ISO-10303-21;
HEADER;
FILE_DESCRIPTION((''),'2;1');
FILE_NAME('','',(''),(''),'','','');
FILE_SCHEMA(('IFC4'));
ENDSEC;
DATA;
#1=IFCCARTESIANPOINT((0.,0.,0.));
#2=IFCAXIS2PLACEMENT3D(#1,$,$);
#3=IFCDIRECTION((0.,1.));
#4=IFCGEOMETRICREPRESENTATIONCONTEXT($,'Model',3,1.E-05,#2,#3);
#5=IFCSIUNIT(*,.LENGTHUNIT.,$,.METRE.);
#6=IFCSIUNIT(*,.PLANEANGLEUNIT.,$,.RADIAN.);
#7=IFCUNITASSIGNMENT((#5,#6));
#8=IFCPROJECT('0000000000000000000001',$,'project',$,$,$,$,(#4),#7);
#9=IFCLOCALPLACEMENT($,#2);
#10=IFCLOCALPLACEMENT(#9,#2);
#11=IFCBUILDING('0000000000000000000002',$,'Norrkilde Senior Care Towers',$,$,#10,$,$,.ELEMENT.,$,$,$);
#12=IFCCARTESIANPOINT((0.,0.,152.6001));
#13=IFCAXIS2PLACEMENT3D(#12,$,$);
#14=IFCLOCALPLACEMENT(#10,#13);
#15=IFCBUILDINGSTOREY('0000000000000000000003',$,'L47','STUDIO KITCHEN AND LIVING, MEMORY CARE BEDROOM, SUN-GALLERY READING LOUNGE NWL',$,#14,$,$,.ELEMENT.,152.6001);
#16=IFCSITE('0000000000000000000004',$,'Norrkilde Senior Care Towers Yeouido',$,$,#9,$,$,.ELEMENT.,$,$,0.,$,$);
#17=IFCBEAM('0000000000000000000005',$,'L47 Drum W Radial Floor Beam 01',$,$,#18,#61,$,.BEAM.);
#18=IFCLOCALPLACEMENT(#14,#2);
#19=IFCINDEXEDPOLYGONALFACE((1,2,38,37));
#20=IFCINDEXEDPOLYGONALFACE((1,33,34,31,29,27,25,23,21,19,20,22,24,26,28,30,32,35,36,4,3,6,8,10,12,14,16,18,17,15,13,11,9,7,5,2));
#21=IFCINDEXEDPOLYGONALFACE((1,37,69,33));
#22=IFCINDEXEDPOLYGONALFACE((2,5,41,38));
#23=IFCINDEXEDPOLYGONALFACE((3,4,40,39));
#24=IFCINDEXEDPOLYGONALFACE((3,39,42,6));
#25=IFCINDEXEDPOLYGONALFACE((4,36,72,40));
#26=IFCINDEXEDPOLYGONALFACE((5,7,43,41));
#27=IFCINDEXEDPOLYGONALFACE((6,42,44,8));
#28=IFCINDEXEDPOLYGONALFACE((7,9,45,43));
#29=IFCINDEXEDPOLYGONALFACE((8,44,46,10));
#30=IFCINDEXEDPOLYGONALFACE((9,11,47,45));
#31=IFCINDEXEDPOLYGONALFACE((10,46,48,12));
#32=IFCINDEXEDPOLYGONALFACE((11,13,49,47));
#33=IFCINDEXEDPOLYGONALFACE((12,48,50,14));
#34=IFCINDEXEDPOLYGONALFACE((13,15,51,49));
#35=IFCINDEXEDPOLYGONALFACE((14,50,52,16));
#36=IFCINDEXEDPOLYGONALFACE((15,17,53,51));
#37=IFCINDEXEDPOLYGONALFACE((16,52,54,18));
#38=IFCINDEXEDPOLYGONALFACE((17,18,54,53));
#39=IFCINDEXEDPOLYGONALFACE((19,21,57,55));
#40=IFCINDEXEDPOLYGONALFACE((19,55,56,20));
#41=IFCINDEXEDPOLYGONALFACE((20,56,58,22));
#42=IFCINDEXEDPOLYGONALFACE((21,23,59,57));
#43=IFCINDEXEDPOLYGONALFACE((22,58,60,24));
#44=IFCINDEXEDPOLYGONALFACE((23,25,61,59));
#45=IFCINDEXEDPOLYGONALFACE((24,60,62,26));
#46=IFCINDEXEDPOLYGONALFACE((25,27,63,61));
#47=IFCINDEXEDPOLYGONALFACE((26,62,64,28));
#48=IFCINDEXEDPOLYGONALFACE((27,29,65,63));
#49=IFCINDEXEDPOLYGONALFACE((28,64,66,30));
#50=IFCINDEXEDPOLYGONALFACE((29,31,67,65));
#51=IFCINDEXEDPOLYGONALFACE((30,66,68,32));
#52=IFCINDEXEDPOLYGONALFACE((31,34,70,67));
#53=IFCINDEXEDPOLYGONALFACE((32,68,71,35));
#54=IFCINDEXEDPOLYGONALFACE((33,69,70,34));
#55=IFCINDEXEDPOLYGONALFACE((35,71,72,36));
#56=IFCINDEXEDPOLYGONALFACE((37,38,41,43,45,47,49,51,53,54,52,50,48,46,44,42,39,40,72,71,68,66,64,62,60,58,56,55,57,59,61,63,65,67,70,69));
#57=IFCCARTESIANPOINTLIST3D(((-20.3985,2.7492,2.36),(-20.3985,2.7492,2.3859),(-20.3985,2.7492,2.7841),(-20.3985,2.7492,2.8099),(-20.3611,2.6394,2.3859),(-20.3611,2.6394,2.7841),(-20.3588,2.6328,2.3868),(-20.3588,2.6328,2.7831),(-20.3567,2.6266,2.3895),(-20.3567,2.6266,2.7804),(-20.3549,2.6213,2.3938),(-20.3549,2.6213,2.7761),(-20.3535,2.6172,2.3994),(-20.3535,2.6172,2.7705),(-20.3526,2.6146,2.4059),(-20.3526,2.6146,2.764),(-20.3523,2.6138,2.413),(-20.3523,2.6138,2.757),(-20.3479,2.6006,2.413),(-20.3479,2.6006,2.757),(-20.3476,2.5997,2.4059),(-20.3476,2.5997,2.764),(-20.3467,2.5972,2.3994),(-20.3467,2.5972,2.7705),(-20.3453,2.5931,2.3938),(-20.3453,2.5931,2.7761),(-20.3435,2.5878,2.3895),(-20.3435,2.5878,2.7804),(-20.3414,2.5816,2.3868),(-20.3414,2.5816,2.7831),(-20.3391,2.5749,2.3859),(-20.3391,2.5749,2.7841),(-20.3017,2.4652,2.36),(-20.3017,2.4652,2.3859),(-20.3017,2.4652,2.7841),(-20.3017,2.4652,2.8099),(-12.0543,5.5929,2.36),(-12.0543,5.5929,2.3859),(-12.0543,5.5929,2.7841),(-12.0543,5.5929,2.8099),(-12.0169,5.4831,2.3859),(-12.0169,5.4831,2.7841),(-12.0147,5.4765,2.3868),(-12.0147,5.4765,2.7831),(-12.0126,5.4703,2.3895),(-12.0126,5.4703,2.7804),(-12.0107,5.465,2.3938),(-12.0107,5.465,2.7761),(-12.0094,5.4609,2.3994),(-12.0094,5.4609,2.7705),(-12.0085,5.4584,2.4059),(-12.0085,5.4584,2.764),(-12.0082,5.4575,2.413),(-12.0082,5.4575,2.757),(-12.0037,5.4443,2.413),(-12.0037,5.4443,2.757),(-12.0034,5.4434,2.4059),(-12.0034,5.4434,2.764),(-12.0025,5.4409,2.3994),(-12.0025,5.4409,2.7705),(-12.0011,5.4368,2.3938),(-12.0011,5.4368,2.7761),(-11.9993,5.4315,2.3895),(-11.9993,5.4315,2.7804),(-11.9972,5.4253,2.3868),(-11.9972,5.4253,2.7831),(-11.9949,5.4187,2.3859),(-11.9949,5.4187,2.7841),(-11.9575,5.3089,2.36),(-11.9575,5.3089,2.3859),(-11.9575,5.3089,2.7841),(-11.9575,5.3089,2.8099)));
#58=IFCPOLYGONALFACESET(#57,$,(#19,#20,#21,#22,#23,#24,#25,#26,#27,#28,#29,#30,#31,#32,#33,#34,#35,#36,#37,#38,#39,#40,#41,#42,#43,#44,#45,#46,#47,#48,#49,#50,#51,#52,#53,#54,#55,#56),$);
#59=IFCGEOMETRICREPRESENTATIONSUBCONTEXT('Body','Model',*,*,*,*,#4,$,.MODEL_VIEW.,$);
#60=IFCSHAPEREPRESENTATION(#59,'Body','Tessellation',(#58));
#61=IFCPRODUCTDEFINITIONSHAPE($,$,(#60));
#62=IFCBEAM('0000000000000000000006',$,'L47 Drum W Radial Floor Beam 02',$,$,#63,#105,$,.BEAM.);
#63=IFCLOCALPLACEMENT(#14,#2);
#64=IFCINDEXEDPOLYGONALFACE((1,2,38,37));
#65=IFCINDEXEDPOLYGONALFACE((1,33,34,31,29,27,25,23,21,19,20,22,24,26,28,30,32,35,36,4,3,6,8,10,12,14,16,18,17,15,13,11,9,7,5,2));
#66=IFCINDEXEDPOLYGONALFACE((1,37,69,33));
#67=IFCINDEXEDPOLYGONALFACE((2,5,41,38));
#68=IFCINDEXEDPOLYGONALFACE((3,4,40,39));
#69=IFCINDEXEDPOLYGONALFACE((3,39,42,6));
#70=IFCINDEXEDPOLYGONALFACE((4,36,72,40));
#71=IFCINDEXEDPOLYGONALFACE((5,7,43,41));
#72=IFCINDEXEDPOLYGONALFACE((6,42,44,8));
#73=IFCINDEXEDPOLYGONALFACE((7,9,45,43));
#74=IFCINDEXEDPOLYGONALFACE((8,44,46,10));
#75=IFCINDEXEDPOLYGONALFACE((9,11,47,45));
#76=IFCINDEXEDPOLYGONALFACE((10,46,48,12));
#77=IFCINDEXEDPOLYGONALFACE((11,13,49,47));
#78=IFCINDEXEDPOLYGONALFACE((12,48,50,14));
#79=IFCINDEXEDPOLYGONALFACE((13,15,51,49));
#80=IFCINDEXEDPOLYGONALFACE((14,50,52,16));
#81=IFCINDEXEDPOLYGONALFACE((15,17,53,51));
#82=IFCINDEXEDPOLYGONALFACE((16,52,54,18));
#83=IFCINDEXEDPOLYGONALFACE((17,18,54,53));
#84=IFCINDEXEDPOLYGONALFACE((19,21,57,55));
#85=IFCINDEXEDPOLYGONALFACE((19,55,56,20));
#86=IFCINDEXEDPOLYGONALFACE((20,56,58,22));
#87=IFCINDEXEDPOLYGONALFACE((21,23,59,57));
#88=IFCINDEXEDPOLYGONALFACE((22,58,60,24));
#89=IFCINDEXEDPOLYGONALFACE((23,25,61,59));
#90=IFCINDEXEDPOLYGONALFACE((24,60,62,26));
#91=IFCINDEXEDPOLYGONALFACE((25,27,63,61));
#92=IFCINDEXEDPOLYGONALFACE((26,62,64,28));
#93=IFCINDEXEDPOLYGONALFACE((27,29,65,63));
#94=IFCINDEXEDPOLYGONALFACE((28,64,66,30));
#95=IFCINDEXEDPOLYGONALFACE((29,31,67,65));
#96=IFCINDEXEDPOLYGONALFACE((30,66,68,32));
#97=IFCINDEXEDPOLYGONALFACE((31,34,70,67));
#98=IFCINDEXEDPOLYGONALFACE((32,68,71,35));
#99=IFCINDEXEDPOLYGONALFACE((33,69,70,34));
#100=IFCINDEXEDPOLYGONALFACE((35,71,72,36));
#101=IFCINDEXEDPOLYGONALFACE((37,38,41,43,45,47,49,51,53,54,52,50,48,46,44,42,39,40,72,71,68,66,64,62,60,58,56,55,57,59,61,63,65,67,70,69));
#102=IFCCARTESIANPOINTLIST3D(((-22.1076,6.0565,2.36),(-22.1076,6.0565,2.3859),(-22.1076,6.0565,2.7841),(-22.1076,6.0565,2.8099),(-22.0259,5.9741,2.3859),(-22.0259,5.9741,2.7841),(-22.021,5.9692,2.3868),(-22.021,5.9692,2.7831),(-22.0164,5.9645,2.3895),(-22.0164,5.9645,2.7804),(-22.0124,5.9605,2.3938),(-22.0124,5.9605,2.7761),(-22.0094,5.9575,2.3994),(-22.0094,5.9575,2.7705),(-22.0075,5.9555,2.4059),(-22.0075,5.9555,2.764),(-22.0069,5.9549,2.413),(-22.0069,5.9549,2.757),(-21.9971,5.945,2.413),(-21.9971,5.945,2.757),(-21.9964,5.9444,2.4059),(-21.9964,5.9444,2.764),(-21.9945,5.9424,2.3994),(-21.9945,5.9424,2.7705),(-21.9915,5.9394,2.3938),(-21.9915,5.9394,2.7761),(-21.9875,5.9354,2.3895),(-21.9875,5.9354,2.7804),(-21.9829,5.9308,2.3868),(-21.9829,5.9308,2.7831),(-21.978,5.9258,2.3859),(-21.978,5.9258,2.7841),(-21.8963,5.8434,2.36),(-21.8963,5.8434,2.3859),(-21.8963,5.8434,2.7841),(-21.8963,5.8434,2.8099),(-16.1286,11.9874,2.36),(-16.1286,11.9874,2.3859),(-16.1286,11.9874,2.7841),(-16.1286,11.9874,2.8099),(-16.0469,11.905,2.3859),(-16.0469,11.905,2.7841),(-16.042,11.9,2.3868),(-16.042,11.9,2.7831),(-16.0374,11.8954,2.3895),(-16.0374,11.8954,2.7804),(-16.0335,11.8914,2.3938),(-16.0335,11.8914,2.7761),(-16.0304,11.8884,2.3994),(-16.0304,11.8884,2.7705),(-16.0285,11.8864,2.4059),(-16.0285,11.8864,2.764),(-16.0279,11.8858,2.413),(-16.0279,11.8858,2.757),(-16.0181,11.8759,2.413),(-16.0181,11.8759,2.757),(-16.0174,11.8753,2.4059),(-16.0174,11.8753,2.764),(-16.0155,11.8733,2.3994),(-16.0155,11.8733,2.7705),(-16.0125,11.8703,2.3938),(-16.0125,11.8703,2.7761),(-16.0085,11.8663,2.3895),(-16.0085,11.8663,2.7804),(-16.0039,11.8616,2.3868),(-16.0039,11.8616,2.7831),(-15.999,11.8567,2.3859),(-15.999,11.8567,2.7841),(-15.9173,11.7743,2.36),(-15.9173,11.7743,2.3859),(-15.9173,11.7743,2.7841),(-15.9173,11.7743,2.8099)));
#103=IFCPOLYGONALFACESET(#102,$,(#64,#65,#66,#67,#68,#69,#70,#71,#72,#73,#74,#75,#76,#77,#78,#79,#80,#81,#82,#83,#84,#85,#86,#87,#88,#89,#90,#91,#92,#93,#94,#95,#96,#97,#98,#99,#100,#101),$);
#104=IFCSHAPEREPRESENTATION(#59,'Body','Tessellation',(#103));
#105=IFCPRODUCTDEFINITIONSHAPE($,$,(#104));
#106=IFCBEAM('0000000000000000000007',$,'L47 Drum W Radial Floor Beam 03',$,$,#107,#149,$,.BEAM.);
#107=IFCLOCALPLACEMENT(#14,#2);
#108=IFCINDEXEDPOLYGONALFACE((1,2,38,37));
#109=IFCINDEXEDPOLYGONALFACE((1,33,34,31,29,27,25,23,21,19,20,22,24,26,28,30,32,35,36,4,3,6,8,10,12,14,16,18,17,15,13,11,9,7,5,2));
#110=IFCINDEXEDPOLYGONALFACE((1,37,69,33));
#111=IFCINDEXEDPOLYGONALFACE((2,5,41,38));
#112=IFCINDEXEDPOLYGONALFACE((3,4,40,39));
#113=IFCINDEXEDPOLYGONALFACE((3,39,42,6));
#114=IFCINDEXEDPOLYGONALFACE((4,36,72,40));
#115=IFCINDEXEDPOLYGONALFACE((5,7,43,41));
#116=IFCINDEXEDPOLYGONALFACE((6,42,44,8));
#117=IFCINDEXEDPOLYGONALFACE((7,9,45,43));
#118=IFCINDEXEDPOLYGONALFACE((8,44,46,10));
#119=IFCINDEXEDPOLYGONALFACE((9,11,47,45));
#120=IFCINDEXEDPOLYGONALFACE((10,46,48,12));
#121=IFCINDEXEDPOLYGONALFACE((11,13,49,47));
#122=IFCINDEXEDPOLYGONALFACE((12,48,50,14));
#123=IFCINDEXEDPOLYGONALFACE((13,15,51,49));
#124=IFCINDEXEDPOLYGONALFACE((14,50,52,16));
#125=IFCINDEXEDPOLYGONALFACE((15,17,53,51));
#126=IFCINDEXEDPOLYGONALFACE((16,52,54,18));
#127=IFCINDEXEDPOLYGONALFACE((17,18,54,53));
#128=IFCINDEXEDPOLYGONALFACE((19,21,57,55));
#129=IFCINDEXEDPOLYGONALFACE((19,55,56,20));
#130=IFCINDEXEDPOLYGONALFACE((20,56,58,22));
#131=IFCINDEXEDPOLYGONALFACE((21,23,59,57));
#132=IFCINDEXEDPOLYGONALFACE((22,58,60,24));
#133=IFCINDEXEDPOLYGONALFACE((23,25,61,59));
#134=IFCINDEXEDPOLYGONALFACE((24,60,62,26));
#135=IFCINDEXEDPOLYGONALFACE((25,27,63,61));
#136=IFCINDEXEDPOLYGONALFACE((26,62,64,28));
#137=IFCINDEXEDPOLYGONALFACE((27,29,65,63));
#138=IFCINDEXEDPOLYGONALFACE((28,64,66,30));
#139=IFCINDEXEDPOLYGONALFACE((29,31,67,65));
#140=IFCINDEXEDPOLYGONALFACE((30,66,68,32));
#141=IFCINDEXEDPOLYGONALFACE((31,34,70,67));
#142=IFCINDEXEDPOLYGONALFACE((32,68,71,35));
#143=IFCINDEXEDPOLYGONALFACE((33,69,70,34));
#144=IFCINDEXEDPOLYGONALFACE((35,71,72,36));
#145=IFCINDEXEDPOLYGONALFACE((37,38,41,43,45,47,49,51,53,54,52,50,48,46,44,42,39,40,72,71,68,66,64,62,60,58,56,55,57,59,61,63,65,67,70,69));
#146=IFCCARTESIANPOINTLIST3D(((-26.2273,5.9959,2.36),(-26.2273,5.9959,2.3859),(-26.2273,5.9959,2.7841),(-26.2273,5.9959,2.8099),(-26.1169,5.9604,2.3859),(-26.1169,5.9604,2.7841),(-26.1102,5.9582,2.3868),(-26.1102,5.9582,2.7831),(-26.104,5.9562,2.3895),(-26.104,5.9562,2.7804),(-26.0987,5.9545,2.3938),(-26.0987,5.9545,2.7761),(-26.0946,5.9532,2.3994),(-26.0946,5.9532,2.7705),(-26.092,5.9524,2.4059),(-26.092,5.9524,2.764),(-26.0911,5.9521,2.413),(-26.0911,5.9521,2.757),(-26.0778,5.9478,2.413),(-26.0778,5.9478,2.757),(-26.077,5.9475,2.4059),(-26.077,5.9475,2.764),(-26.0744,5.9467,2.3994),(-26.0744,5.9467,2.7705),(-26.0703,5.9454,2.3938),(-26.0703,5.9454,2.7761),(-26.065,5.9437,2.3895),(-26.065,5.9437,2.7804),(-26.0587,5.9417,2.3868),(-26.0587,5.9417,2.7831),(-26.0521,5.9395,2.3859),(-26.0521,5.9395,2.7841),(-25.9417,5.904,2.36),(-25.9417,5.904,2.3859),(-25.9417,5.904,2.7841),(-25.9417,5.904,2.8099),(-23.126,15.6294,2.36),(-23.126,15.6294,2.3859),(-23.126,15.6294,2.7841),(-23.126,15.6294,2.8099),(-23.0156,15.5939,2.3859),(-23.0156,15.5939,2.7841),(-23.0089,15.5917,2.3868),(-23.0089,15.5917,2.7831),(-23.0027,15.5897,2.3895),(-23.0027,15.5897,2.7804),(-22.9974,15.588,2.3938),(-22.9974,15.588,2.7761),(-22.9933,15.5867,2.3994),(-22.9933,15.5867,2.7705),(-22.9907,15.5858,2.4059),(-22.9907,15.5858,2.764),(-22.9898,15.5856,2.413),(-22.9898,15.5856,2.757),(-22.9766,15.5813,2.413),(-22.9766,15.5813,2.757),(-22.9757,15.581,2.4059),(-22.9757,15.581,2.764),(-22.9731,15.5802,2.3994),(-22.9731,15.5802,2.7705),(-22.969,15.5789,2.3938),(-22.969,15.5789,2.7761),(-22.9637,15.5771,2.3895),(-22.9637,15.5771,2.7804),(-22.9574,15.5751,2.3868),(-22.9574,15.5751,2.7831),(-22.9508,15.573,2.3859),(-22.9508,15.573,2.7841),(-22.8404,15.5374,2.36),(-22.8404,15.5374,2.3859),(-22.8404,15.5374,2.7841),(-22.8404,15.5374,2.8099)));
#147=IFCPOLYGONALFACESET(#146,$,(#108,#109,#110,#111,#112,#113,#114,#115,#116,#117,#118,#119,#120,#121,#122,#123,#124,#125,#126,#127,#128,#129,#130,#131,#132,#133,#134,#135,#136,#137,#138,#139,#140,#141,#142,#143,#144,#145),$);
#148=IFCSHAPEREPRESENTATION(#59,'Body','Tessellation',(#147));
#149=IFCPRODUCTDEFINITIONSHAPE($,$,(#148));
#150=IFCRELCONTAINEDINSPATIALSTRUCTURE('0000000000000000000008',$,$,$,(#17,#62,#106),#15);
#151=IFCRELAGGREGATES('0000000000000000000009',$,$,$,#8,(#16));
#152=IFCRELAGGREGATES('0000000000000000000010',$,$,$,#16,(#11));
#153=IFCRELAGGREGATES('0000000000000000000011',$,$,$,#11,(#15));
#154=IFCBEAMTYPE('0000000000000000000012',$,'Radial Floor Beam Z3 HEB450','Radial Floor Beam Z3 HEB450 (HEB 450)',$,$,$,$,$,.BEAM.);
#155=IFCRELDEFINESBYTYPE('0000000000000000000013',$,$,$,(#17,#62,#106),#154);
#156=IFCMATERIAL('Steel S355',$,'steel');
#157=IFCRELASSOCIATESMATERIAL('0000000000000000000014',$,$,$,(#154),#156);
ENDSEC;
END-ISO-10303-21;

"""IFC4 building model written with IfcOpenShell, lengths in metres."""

from ifc_helpers import new_model, si_unit, direction, frame, origin, origin_2d, place, context, subcontext, project, spatial, i_section, extrude, source, transform, mapped, material, material_profile, profile_set, type_object, type_shapes, element, save


model = new_model("IFC4")

# Units and contexts
model_context = context("Model", 3, precision=1e-05, world=origin(), true_north=direction((0.0, 1.0)))
body_context = subcontext(model_context, "Body", "Model", "MODEL_VIEW")
ifc_project = project(units=[si_unit("LENGTHUNIT", "METRE"), si_unit("PLANEANGLEUNIT", "RADIAN")], contexts=[model_context])

# Site, building, storey
site_placement = place(None, origin())
site = spatial("IfcSite", under=ifc_project, at=site_placement, Name="Norrkilde Senior Care Towers Yeouido", CompositionType="ELEMENT", RefElevation=0.0)
building_placement = place(site_placement, origin())
building = spatial("IfcBuilding", under=site, at=building_placement, Name="Norrkilde Senior Care Towers", CompositionType="ELEMENT")
storey_placement = place(building_placement, frame((0.0, 0.0, 152.6001)))
storey = spatial("IfcBuildingStorey", under=building, at=storey_placement, Name="L47", Description="STUDIO KITCHEN AND LIVING, MEMORY CARE BEDROOM, SUN-GALLERY READING LOUNGE NWL", CompositionType="ELEMENT", Elevation=152.6001)

# Beams
ifc_material_1 = material(Name="Steel S355", Category="steel")
ifc_material_profile = material_profile(ifc_material_1, i_section(OverallWidth=0.3, OverallDepth=0.45, WebThickness=0.0139, FlangeThickness=0.0259, FilletRadius=0.0271, at=origin_2d()), Name="HEB 450")
ifc_profile_set = profile_set([ifc_material_profile], Name="Steel S355")
beam_type = type_object("IfcBeamType", Name="Radial Floor Beam Z3 HEB450", Description="Radial Floor Beam Z3 HEB450 (HEB 450)", PredefinedType="BEAM", material=ifc_profile_set)
shared_shape_1 = source(origin(), body_context, "Body", "SweptSolid", [
    extrude(i_section(OverallWidth=0.3, OverallDepth=0.45, WebThickness=0.0139, FlangeThickness=0.0259, FilletRadius=0.0271, at=origin_2d()), origin(), (0.0, 0.0, 1.0), 8.8154),
])
beam_1_placement = place(storey_placement, frame((-20.3501, 2.6072, 2.585), z_axis=(0.946541, 0.322585, 0.0), x_axis=(-0.322585, 0.946541, 0.0)))
element("IfcBeam", 1, at=beam_1_placement, inside=storey, type_object=beam_type, Name="L47 Drum W Radial Floor Beam 01", PredefinedType="BEAM", context=body_context, shape_type="MappedRepresentation", body=[
    mapped(shared_shape_1, transform((0.0, 0.0, 0.0), x_axis=(1.0, 0.0, 0.0), y_axis=(0.0, 1.0, 0.0), z_axis=(0.0, 0.0, 1.0), scale=1.0)),
])
shared_shape_2 = source(origin(), body_context, "Body", "SweptSolid", [
    extrude(i_section(OverallWidth=0.3, OverallDepth=0.45, WebThickness=0.0139, FlangeThickness=0.0259, FilletRadius=0.0271, at=origin_2d()), origin(), (0.0, 0.0, 1.0), 8.4216),
])
beam_2_placement = place(storey_placement, frame((-22.002, 5.95, 2.585), z_axis=(0.709956, 0.704246, 0.0), x_axis=(-0.704246, 0.709956, 0.0)))
element("IfcBeam", 2, at=beam_2_placement, inside=storey, type_object=beam_type, Name="L47 Drum W Radial Floor Beam 02", PredefinedType="BEAM", context=body_context, shape_type="MappedRepresentation", body=[
    mapped(shared_shape_2, transform((0.0, 0.0, 0.0), x_axis=(1.0, 0.0, 0.0), y_axis=(0.0, 1.0, 0.0), z_axis=(0.0, 0.0, 1.0), scale=1.0)),
])
shared_shape_3 = source(origin(), body_context, "Body", "SweptSolid", [
    extrude(i_section(OverallWidth=0.3, OverallDepth=0.45, WebThickness=0.0139, FlangeThickness=0.0259, FilletRadius=0.0271, at=origin_2d()), origin(), (0.0, 0.0, 1.0), 10.1204),
])
type_shapes(beam_type, [shared_shape_1, shared_shape_2, shared_shape_3])
beam_3_placement = place(storey_placement, frame((-26.0845, 5.95, 2.585), z_axis=(0.306441, 0.95189, 0.0), x_axis=(-0.95189, 0.306441, 0.0)))
element("IfcBeam", 3, at=beam_3_placement, inside=storey, type_object=beam_type, Name="L47 Drum W Radial Floor Beam 03", PredefinedType="BEAM", context=body_context, shape_type="MappedRepresentation", body=[
    mapped(shared_shape_3, transform((0.0, 0.0, 0.0), x_axis=(1.0, 0.0, 0.0), y_axis=(0.0, 1.0, 0.0), z_axis=(0.0, 0.0, 1.0), scale=1.0)),
])

save(model, "model.ifc")
